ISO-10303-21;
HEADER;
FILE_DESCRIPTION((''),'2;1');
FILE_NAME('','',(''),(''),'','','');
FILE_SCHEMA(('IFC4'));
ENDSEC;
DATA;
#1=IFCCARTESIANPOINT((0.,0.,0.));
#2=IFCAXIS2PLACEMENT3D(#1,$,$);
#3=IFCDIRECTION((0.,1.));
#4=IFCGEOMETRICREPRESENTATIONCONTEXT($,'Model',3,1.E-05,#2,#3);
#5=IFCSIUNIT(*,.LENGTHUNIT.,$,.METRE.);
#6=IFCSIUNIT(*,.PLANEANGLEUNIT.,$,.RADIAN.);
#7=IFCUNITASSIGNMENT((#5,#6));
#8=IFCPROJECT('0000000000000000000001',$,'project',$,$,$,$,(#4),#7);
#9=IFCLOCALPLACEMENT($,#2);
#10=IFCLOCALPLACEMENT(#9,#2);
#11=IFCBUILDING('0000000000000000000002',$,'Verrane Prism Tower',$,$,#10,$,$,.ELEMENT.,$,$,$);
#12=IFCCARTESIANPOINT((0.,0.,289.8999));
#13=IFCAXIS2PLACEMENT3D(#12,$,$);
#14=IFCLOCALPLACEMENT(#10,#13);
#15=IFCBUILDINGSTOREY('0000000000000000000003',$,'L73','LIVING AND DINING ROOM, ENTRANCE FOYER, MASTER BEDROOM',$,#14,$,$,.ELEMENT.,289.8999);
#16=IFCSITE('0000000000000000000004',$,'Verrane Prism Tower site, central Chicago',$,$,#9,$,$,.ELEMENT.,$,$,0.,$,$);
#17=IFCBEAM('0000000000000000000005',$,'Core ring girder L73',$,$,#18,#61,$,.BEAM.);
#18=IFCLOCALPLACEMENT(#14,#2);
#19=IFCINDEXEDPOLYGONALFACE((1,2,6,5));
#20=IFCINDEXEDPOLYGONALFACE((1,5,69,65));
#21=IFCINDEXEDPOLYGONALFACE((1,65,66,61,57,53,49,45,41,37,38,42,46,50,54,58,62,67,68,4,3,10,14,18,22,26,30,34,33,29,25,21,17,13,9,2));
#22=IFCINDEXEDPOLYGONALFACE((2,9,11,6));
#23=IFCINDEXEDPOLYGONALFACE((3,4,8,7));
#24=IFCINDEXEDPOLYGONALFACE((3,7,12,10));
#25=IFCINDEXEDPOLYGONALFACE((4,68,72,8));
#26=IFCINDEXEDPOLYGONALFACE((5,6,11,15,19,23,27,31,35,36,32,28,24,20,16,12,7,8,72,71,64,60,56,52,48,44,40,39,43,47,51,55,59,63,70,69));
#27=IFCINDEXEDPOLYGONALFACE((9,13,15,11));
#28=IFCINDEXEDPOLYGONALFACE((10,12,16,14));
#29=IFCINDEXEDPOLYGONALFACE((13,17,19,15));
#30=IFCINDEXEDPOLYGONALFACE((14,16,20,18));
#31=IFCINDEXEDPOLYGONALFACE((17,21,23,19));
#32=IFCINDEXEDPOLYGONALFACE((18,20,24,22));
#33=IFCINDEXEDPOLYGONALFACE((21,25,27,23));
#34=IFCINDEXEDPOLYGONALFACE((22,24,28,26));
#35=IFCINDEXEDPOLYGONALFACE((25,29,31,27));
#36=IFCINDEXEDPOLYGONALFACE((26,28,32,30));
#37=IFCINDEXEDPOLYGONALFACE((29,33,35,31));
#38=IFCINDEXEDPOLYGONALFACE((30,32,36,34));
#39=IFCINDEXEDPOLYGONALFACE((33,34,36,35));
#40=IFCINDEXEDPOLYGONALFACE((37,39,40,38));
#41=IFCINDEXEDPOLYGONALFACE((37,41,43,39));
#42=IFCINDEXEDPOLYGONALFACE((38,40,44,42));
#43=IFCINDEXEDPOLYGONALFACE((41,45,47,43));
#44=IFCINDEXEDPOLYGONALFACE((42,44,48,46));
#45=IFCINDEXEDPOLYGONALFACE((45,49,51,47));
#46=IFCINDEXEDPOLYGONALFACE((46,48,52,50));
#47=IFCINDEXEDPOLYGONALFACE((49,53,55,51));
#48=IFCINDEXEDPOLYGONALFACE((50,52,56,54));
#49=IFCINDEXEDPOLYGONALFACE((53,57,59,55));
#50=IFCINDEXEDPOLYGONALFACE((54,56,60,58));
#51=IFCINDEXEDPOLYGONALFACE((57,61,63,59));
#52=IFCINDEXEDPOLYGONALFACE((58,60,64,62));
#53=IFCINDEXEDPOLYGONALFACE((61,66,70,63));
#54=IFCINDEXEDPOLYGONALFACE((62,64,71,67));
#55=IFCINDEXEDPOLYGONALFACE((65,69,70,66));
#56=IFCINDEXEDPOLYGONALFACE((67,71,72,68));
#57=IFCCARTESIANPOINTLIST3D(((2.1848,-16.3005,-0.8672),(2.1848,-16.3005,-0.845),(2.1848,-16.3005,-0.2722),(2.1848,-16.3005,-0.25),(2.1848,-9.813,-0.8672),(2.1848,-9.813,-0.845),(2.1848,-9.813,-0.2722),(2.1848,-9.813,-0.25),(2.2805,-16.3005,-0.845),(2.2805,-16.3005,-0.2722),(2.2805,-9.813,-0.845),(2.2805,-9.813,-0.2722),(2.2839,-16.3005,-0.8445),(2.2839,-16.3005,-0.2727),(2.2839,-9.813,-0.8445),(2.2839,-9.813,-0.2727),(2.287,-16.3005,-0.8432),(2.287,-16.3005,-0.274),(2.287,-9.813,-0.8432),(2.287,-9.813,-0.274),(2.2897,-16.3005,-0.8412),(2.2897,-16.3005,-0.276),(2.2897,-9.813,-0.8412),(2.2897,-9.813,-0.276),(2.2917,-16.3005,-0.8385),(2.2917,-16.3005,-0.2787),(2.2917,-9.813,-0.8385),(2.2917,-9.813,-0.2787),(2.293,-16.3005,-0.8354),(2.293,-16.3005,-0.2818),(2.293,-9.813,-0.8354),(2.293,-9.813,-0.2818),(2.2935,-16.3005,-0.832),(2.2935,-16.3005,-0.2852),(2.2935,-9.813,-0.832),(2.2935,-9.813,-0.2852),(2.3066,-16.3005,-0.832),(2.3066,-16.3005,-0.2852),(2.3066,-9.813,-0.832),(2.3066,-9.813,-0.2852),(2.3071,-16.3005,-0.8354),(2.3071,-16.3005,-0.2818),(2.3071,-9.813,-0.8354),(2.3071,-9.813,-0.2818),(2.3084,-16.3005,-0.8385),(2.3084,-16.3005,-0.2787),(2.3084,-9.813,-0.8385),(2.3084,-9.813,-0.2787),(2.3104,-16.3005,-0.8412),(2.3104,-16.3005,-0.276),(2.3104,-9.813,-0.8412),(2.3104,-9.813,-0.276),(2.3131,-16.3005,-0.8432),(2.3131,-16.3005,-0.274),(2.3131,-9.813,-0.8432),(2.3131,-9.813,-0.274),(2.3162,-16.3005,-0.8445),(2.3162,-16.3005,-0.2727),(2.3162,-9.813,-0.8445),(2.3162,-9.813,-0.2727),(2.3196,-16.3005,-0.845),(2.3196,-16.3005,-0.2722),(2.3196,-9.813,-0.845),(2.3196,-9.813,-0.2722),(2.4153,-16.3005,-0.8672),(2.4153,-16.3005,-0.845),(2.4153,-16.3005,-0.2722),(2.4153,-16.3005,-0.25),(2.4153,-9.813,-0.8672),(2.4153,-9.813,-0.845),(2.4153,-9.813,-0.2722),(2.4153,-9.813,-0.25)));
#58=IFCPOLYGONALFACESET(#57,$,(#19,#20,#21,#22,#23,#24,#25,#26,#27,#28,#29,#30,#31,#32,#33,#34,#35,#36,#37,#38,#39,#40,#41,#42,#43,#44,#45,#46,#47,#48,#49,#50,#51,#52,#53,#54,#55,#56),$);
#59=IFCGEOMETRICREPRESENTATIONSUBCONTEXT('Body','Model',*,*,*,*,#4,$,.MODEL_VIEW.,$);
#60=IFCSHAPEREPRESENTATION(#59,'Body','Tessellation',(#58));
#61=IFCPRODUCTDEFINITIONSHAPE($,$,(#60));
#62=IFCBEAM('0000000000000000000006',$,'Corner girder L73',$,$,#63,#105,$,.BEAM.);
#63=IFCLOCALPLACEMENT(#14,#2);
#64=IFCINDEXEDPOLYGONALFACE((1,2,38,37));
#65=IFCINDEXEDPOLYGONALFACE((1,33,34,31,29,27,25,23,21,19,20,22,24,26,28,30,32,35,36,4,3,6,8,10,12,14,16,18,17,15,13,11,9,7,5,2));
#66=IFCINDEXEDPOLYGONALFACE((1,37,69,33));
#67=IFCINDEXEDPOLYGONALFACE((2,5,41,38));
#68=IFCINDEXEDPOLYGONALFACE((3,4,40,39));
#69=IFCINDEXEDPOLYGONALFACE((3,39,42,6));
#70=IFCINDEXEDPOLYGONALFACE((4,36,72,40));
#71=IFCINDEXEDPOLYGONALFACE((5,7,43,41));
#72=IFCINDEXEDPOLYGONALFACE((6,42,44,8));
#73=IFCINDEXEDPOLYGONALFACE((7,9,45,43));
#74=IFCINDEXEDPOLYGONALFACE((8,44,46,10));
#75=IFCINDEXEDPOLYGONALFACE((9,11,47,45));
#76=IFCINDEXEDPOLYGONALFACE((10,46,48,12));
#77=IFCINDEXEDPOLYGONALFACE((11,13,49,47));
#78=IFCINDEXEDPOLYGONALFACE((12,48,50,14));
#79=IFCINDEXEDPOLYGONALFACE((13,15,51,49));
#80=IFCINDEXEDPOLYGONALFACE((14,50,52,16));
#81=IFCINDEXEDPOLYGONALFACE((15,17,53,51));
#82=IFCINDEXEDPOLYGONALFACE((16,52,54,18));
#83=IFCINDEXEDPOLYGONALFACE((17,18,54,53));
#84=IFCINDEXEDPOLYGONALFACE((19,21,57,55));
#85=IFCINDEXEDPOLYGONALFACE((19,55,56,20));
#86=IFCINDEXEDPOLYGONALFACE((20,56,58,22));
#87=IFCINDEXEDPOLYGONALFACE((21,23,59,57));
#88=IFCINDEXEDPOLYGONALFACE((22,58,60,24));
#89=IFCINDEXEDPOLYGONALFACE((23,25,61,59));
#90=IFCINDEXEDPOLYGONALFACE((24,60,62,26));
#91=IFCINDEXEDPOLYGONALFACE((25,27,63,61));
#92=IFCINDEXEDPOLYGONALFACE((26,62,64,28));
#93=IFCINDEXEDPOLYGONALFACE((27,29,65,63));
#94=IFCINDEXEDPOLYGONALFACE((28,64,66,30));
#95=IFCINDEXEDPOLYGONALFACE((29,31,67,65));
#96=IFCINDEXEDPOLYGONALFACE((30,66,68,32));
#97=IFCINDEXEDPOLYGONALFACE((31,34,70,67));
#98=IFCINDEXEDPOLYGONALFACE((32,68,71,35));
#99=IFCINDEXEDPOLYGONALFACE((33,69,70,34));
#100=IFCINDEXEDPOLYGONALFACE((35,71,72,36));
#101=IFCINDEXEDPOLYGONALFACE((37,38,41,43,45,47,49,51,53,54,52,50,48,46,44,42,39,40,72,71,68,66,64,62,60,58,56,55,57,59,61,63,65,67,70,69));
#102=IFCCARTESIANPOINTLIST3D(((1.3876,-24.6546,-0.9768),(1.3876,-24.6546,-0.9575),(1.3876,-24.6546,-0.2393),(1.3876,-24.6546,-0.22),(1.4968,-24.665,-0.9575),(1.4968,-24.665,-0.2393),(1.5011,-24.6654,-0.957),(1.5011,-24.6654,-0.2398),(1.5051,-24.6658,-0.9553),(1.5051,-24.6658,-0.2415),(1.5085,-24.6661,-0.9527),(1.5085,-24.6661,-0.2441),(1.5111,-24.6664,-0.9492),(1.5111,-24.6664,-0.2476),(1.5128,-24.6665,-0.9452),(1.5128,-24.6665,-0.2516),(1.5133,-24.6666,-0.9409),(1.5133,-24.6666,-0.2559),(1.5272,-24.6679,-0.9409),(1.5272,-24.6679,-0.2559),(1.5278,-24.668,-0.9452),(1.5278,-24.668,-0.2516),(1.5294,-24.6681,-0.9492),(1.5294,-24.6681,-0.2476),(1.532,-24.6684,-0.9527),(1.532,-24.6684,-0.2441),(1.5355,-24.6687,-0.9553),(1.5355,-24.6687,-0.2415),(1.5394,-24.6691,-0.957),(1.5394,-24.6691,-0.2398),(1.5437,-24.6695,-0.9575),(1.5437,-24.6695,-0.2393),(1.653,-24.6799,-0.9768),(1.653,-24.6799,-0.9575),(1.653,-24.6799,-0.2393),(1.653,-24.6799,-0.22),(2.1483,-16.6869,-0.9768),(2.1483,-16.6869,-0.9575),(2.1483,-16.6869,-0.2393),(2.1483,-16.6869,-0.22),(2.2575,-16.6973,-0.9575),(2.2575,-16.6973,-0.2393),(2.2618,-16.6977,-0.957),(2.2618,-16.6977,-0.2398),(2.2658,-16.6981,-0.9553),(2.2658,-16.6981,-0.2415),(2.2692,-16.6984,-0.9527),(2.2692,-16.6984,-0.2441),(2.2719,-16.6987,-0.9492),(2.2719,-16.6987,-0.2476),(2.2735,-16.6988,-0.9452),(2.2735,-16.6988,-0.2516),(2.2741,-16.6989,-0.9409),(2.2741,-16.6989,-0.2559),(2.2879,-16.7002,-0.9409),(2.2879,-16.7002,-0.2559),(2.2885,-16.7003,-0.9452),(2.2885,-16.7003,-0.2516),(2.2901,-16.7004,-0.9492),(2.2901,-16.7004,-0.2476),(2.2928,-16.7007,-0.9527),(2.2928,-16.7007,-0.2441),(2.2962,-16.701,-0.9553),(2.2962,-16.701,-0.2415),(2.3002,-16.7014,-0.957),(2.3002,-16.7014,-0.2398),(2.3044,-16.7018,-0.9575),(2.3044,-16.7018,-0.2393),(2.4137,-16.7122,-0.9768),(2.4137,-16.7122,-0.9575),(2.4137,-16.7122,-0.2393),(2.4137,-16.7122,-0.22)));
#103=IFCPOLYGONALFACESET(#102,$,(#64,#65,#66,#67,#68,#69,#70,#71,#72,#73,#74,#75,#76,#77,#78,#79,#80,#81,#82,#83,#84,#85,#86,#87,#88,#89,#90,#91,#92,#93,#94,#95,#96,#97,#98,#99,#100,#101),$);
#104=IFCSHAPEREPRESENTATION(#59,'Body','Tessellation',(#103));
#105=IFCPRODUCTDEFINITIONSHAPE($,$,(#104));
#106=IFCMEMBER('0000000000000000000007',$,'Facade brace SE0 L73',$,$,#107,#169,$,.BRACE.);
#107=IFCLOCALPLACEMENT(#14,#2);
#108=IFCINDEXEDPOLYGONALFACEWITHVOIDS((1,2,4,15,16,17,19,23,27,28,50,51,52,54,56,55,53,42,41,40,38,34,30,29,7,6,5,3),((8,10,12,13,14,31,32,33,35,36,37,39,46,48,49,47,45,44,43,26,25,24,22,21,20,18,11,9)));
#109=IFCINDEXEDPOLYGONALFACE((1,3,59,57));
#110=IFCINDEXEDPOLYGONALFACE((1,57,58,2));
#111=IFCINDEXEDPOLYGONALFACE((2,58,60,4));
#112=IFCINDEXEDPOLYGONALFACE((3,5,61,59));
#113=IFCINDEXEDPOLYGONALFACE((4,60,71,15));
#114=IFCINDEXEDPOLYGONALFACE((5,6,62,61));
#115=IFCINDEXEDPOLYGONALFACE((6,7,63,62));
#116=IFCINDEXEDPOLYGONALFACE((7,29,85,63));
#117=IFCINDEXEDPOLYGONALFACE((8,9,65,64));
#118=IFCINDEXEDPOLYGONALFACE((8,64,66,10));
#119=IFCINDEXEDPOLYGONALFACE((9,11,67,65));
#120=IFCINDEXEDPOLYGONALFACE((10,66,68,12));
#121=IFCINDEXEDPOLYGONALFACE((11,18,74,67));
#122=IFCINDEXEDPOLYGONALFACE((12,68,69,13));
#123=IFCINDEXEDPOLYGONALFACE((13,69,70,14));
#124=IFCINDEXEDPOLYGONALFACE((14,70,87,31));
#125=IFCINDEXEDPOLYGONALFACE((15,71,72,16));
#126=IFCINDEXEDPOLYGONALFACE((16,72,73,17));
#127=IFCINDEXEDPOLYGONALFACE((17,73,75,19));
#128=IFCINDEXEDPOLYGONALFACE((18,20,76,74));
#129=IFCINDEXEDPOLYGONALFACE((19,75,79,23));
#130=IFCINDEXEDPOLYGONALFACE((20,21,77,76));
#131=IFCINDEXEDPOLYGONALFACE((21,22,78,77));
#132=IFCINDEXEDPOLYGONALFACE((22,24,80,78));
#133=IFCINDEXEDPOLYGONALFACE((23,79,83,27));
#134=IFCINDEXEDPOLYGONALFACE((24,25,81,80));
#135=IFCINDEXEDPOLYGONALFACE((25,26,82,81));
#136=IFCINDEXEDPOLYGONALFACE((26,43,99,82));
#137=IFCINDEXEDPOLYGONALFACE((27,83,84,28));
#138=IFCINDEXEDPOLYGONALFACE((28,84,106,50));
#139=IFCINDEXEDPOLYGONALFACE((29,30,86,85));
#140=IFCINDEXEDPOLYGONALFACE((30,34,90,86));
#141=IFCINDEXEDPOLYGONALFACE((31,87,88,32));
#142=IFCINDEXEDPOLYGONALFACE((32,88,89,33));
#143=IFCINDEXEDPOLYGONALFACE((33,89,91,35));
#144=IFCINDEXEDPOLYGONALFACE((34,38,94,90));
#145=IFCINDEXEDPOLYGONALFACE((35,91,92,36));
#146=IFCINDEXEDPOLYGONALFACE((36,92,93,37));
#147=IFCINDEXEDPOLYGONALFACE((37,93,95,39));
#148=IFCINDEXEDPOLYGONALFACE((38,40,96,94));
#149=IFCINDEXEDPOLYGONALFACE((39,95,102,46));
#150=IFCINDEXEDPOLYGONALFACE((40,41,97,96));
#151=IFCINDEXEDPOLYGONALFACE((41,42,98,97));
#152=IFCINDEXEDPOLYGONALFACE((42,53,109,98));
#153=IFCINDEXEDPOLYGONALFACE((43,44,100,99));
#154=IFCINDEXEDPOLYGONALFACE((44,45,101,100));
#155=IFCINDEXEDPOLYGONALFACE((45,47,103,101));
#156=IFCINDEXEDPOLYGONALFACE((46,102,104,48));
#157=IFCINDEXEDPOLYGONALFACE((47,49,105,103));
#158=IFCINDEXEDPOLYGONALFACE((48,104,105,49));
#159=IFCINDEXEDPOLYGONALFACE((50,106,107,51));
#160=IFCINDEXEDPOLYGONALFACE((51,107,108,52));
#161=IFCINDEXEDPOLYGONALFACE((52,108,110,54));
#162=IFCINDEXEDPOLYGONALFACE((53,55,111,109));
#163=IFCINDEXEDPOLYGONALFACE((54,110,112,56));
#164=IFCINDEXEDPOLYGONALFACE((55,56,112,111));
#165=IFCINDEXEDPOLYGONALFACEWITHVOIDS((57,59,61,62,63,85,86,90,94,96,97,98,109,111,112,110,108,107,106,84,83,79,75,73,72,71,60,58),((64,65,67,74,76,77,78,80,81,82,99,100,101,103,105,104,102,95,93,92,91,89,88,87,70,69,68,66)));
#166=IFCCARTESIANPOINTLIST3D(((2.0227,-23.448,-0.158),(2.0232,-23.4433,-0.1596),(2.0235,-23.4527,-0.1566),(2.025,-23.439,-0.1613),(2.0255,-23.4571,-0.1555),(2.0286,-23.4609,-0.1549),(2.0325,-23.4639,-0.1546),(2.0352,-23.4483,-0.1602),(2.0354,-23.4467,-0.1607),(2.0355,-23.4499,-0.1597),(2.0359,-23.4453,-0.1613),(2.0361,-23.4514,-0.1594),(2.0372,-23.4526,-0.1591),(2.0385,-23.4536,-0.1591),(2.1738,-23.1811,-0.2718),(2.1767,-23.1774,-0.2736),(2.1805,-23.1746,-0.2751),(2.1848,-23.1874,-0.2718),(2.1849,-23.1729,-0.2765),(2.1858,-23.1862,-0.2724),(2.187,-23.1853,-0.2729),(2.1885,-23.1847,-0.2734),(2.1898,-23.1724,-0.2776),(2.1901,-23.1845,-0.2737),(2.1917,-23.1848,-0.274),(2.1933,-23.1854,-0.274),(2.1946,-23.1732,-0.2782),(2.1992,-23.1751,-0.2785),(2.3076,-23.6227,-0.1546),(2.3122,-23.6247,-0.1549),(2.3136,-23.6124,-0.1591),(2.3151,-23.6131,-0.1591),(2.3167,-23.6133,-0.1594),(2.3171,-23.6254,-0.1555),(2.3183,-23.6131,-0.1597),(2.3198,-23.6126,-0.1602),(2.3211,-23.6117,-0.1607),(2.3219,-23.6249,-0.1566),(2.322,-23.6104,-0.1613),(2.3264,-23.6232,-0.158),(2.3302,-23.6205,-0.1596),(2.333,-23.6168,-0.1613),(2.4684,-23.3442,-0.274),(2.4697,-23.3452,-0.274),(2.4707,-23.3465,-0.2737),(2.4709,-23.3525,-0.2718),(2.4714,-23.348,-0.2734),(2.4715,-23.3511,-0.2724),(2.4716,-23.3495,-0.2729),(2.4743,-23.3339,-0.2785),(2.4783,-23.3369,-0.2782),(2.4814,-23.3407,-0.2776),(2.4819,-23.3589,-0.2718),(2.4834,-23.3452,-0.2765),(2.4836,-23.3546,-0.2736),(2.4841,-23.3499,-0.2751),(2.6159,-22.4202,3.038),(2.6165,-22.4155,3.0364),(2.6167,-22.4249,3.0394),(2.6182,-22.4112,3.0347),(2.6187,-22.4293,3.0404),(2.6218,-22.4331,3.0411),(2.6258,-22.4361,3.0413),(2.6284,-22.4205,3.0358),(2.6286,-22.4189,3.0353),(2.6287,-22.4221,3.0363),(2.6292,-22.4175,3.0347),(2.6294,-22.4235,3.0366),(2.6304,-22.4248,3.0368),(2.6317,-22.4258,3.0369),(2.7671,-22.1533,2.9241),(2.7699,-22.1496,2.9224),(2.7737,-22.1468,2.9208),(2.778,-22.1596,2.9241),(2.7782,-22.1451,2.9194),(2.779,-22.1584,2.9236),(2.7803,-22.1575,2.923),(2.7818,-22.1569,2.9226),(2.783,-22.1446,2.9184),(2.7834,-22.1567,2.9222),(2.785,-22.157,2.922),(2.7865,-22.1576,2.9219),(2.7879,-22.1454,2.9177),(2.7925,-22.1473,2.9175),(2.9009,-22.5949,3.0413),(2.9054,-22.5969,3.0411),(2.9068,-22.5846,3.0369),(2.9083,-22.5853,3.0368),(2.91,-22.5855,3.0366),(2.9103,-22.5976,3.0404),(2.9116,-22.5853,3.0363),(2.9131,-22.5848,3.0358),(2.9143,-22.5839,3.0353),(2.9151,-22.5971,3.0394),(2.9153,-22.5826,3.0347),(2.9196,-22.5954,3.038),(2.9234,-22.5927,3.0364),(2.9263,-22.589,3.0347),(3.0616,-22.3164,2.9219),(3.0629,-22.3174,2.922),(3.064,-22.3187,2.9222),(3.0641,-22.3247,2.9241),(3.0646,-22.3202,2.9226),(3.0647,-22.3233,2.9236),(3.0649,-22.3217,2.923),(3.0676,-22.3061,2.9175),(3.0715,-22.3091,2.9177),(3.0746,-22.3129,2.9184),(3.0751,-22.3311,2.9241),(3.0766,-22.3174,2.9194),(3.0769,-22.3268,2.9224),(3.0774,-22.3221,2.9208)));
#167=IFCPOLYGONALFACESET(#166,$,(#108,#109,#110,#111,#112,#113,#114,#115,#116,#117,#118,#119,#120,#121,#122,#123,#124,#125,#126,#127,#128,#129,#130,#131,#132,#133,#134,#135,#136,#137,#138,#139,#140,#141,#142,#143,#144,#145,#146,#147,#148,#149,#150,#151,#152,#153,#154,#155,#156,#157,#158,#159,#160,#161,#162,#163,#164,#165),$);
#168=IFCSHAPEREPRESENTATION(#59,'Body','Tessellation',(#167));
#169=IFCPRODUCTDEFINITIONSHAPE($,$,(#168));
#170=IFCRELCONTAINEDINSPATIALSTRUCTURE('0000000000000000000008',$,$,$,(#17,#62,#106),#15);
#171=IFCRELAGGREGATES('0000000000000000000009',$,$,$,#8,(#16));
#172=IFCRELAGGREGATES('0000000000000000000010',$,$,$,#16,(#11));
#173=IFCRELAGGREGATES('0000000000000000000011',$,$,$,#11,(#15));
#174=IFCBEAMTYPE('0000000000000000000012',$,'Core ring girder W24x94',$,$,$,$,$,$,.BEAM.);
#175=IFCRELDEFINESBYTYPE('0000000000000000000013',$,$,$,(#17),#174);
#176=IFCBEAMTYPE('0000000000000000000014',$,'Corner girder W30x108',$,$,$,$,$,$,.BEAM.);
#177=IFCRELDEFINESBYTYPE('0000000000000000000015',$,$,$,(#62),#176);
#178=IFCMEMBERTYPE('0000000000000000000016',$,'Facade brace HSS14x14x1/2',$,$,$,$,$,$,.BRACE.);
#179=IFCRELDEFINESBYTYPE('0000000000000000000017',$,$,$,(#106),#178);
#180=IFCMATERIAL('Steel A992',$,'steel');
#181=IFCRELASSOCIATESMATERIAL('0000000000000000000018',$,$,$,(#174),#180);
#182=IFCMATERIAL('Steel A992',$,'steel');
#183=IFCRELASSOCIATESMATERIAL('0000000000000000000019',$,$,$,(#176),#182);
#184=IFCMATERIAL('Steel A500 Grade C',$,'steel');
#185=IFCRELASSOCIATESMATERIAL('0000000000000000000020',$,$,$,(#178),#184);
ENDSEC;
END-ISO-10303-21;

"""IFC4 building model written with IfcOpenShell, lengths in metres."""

from ifc_helpers import new_model, si_unit, direction, frame, origin, origin_2d, place, context, subcontext, project, spatial, hollow_rectangle, i_section, extrude, material, material_profile, profile_set, type_object, element, save


model = new_model("IFC4")

# Units and contexts
model_context = context("Model", 3, precision=1e-05, world=origin(), true_north=direction((0.0, 1.0)))
body_context = subcontext(model_context, "Body", "Model", "MODEL_VIEW")
ifc_project = project(units=[si_unit("LENGTHUNIT", "METRE"), si_unit("PLANEANGLEUNIT", "RADIAN")], contexts=[model_context])

# Site, building, storey
site_placement = place(None, origin())
site = spatial("IfcSite", under=ifc_project, at=site_placement, Name="Verrane Prism Tower site, central Chicago", CompositionType="ELEMENT", RefElevation=0.0)
building_placement = place(site_placement, origin())
building = spatial("IfcBuilding", under=site, at=building_placement, Name="Verrane Prism Tower", CompositionType="ELEMENT")
storey_placement = place(building_placement, frame((0.0, 0.0, 289.8999)))
storey = spatial("IfcBuildingStorey", under=building, at=storey_placement, Name="L73", Description="LIVING AND DINING ROOM, ENTRANCE FOYER, MASTER BEDROOM", CompositionType="ELEMENT", Elevation=289.8999)

# Beams
ifc_material_1 = material(Name="Steel A992", Category="steel")
ifc_material_profile_1 = material_profile(ifc_material_1, i_section(OverallWidth=0.2305, OverallDepth=0.6172, WebThickness=0.0132, FlangeThickness=0.0222, FilletRadius=0.0129, at=origin_2d()), Name="W24x94")
ifc_profile_set_1 = profile_set([ifc_material_profile_1], Name="Steel A992")
beam_type_1 = type_object("IfcBeamType", Name="Core ring girder W24x94", PredefinedType="BEAM", material=ifc_profile_set_1)
beam_1_placement = place(storey_placement, frame((2.3, -16.3005, -0.5586), z_axis=(0.0, 1.0, 0.0), x_axis=(-1.0, 0.0, 0.0)))
element("IfcBeam", 1, at=beam_1_placement, inside=storey, type_object=beam_type_1, Name="Core ring girder L73", PredefinedType="BEAM", context=body_context, shape_type="SweptSolid", body=[
    extrude(i_section(OverallWidth=0.2305, OverallDepth=0.6172, WebThickness=0.0132, FlangeThickness=0.0222, FilletRadius=0.0129, at=origin_2d()), origin(), (0.0, 0.0, 1.0), 6.4875),
])
ifc_material_2 = material(Name="Steel A992", Category="steel")
ifc_material_profile_2 = material_profile(ifc_material_2, i_section(OverallWidth=0.2666, OverallDepth=0.7568, WebThickness=0.0139, FlangeThickness=0.0193, FilletRadius=0.0166, at=origin_2d()), Name="W30x108")
ifc_profile_set_2 = profile_set([ifc_material_profile_2], Name="Steel A992")
beam_type_2 = type_object("IfcBeamType", Name="Corner girder W30x108", PredefinedType="BEAM", material=ifc_profile_set_2)
beam_2_placement = place(storey_placement, frame((1.5203, -24.6672, -0.5984), z_axis=(0.095045, 0.995473, 0.0), x_axis=(-0.995473, 0.095045, 0.0)))
element("IfcBeam", 2, at=beam_2_placement, inside=storey, type_object=beam_type_2, Name="Corner girder L73", PredefinedType="BEAM", context=body_context, shape_type="SweptSolid", body=[
    extrude(i_section(OverallWidth=0.2666, OverallDepth=0.7568, WebThickness=0.0139, FlangeThickness=0.0193, FilletRadius=0.0166, at=origin_2d()), origin(), (0.0, 0.0, 1.0), 8.0039),
])

# Member
ifc_material_3 = material(Name="Steel A500 Grade C", Category="steel")
ifc_material_profile_3 = material_profile(ifc_material_3, hollow_rectangle(XDim=0.3557, YDim=0.3557, WallThickness=0.0127, InnerFilletRadius=0.0063, OuterFilletRadius=0.019, at=origin_2d()), Name="HSS14x14x1/2")
ifc_profile_set_3 = profile_set([ifc_material_profile_3], Name="Steel A500 Grade C")
member_type_1 = type_object("IfcMemberType", Name="Facade brace HSS14x14x1/2", PredefinedType="BRACE", material=ifc_profile_set_3)
member_1_placement = place(storey_placement, frame((2.2534, -23.3989, -0.2166), z_axis=(0.174014, 0.301482, 0.937458), x_axis=(-0.866083, 0.499901, 0.0)))
element("IfcMember", 3, at=member_1_placement, inside=storey, type_object=member_type_1, Name="Facade brace SE0 L73", PredefinedType="BRACE", context=body_context, shape_type="SweptSolid", body=[
    extrude(hollow_rectangle(XDim=0.3557, YDim=0.3557, WallThickness=0.0127, InnerFilletRadius=0.0063, OuterFilletRadius=0.019, at=origin_2d()), origin(), (0.0, 0.0, 1.0), 3.4092),
])

save(model, "model.ifc")
